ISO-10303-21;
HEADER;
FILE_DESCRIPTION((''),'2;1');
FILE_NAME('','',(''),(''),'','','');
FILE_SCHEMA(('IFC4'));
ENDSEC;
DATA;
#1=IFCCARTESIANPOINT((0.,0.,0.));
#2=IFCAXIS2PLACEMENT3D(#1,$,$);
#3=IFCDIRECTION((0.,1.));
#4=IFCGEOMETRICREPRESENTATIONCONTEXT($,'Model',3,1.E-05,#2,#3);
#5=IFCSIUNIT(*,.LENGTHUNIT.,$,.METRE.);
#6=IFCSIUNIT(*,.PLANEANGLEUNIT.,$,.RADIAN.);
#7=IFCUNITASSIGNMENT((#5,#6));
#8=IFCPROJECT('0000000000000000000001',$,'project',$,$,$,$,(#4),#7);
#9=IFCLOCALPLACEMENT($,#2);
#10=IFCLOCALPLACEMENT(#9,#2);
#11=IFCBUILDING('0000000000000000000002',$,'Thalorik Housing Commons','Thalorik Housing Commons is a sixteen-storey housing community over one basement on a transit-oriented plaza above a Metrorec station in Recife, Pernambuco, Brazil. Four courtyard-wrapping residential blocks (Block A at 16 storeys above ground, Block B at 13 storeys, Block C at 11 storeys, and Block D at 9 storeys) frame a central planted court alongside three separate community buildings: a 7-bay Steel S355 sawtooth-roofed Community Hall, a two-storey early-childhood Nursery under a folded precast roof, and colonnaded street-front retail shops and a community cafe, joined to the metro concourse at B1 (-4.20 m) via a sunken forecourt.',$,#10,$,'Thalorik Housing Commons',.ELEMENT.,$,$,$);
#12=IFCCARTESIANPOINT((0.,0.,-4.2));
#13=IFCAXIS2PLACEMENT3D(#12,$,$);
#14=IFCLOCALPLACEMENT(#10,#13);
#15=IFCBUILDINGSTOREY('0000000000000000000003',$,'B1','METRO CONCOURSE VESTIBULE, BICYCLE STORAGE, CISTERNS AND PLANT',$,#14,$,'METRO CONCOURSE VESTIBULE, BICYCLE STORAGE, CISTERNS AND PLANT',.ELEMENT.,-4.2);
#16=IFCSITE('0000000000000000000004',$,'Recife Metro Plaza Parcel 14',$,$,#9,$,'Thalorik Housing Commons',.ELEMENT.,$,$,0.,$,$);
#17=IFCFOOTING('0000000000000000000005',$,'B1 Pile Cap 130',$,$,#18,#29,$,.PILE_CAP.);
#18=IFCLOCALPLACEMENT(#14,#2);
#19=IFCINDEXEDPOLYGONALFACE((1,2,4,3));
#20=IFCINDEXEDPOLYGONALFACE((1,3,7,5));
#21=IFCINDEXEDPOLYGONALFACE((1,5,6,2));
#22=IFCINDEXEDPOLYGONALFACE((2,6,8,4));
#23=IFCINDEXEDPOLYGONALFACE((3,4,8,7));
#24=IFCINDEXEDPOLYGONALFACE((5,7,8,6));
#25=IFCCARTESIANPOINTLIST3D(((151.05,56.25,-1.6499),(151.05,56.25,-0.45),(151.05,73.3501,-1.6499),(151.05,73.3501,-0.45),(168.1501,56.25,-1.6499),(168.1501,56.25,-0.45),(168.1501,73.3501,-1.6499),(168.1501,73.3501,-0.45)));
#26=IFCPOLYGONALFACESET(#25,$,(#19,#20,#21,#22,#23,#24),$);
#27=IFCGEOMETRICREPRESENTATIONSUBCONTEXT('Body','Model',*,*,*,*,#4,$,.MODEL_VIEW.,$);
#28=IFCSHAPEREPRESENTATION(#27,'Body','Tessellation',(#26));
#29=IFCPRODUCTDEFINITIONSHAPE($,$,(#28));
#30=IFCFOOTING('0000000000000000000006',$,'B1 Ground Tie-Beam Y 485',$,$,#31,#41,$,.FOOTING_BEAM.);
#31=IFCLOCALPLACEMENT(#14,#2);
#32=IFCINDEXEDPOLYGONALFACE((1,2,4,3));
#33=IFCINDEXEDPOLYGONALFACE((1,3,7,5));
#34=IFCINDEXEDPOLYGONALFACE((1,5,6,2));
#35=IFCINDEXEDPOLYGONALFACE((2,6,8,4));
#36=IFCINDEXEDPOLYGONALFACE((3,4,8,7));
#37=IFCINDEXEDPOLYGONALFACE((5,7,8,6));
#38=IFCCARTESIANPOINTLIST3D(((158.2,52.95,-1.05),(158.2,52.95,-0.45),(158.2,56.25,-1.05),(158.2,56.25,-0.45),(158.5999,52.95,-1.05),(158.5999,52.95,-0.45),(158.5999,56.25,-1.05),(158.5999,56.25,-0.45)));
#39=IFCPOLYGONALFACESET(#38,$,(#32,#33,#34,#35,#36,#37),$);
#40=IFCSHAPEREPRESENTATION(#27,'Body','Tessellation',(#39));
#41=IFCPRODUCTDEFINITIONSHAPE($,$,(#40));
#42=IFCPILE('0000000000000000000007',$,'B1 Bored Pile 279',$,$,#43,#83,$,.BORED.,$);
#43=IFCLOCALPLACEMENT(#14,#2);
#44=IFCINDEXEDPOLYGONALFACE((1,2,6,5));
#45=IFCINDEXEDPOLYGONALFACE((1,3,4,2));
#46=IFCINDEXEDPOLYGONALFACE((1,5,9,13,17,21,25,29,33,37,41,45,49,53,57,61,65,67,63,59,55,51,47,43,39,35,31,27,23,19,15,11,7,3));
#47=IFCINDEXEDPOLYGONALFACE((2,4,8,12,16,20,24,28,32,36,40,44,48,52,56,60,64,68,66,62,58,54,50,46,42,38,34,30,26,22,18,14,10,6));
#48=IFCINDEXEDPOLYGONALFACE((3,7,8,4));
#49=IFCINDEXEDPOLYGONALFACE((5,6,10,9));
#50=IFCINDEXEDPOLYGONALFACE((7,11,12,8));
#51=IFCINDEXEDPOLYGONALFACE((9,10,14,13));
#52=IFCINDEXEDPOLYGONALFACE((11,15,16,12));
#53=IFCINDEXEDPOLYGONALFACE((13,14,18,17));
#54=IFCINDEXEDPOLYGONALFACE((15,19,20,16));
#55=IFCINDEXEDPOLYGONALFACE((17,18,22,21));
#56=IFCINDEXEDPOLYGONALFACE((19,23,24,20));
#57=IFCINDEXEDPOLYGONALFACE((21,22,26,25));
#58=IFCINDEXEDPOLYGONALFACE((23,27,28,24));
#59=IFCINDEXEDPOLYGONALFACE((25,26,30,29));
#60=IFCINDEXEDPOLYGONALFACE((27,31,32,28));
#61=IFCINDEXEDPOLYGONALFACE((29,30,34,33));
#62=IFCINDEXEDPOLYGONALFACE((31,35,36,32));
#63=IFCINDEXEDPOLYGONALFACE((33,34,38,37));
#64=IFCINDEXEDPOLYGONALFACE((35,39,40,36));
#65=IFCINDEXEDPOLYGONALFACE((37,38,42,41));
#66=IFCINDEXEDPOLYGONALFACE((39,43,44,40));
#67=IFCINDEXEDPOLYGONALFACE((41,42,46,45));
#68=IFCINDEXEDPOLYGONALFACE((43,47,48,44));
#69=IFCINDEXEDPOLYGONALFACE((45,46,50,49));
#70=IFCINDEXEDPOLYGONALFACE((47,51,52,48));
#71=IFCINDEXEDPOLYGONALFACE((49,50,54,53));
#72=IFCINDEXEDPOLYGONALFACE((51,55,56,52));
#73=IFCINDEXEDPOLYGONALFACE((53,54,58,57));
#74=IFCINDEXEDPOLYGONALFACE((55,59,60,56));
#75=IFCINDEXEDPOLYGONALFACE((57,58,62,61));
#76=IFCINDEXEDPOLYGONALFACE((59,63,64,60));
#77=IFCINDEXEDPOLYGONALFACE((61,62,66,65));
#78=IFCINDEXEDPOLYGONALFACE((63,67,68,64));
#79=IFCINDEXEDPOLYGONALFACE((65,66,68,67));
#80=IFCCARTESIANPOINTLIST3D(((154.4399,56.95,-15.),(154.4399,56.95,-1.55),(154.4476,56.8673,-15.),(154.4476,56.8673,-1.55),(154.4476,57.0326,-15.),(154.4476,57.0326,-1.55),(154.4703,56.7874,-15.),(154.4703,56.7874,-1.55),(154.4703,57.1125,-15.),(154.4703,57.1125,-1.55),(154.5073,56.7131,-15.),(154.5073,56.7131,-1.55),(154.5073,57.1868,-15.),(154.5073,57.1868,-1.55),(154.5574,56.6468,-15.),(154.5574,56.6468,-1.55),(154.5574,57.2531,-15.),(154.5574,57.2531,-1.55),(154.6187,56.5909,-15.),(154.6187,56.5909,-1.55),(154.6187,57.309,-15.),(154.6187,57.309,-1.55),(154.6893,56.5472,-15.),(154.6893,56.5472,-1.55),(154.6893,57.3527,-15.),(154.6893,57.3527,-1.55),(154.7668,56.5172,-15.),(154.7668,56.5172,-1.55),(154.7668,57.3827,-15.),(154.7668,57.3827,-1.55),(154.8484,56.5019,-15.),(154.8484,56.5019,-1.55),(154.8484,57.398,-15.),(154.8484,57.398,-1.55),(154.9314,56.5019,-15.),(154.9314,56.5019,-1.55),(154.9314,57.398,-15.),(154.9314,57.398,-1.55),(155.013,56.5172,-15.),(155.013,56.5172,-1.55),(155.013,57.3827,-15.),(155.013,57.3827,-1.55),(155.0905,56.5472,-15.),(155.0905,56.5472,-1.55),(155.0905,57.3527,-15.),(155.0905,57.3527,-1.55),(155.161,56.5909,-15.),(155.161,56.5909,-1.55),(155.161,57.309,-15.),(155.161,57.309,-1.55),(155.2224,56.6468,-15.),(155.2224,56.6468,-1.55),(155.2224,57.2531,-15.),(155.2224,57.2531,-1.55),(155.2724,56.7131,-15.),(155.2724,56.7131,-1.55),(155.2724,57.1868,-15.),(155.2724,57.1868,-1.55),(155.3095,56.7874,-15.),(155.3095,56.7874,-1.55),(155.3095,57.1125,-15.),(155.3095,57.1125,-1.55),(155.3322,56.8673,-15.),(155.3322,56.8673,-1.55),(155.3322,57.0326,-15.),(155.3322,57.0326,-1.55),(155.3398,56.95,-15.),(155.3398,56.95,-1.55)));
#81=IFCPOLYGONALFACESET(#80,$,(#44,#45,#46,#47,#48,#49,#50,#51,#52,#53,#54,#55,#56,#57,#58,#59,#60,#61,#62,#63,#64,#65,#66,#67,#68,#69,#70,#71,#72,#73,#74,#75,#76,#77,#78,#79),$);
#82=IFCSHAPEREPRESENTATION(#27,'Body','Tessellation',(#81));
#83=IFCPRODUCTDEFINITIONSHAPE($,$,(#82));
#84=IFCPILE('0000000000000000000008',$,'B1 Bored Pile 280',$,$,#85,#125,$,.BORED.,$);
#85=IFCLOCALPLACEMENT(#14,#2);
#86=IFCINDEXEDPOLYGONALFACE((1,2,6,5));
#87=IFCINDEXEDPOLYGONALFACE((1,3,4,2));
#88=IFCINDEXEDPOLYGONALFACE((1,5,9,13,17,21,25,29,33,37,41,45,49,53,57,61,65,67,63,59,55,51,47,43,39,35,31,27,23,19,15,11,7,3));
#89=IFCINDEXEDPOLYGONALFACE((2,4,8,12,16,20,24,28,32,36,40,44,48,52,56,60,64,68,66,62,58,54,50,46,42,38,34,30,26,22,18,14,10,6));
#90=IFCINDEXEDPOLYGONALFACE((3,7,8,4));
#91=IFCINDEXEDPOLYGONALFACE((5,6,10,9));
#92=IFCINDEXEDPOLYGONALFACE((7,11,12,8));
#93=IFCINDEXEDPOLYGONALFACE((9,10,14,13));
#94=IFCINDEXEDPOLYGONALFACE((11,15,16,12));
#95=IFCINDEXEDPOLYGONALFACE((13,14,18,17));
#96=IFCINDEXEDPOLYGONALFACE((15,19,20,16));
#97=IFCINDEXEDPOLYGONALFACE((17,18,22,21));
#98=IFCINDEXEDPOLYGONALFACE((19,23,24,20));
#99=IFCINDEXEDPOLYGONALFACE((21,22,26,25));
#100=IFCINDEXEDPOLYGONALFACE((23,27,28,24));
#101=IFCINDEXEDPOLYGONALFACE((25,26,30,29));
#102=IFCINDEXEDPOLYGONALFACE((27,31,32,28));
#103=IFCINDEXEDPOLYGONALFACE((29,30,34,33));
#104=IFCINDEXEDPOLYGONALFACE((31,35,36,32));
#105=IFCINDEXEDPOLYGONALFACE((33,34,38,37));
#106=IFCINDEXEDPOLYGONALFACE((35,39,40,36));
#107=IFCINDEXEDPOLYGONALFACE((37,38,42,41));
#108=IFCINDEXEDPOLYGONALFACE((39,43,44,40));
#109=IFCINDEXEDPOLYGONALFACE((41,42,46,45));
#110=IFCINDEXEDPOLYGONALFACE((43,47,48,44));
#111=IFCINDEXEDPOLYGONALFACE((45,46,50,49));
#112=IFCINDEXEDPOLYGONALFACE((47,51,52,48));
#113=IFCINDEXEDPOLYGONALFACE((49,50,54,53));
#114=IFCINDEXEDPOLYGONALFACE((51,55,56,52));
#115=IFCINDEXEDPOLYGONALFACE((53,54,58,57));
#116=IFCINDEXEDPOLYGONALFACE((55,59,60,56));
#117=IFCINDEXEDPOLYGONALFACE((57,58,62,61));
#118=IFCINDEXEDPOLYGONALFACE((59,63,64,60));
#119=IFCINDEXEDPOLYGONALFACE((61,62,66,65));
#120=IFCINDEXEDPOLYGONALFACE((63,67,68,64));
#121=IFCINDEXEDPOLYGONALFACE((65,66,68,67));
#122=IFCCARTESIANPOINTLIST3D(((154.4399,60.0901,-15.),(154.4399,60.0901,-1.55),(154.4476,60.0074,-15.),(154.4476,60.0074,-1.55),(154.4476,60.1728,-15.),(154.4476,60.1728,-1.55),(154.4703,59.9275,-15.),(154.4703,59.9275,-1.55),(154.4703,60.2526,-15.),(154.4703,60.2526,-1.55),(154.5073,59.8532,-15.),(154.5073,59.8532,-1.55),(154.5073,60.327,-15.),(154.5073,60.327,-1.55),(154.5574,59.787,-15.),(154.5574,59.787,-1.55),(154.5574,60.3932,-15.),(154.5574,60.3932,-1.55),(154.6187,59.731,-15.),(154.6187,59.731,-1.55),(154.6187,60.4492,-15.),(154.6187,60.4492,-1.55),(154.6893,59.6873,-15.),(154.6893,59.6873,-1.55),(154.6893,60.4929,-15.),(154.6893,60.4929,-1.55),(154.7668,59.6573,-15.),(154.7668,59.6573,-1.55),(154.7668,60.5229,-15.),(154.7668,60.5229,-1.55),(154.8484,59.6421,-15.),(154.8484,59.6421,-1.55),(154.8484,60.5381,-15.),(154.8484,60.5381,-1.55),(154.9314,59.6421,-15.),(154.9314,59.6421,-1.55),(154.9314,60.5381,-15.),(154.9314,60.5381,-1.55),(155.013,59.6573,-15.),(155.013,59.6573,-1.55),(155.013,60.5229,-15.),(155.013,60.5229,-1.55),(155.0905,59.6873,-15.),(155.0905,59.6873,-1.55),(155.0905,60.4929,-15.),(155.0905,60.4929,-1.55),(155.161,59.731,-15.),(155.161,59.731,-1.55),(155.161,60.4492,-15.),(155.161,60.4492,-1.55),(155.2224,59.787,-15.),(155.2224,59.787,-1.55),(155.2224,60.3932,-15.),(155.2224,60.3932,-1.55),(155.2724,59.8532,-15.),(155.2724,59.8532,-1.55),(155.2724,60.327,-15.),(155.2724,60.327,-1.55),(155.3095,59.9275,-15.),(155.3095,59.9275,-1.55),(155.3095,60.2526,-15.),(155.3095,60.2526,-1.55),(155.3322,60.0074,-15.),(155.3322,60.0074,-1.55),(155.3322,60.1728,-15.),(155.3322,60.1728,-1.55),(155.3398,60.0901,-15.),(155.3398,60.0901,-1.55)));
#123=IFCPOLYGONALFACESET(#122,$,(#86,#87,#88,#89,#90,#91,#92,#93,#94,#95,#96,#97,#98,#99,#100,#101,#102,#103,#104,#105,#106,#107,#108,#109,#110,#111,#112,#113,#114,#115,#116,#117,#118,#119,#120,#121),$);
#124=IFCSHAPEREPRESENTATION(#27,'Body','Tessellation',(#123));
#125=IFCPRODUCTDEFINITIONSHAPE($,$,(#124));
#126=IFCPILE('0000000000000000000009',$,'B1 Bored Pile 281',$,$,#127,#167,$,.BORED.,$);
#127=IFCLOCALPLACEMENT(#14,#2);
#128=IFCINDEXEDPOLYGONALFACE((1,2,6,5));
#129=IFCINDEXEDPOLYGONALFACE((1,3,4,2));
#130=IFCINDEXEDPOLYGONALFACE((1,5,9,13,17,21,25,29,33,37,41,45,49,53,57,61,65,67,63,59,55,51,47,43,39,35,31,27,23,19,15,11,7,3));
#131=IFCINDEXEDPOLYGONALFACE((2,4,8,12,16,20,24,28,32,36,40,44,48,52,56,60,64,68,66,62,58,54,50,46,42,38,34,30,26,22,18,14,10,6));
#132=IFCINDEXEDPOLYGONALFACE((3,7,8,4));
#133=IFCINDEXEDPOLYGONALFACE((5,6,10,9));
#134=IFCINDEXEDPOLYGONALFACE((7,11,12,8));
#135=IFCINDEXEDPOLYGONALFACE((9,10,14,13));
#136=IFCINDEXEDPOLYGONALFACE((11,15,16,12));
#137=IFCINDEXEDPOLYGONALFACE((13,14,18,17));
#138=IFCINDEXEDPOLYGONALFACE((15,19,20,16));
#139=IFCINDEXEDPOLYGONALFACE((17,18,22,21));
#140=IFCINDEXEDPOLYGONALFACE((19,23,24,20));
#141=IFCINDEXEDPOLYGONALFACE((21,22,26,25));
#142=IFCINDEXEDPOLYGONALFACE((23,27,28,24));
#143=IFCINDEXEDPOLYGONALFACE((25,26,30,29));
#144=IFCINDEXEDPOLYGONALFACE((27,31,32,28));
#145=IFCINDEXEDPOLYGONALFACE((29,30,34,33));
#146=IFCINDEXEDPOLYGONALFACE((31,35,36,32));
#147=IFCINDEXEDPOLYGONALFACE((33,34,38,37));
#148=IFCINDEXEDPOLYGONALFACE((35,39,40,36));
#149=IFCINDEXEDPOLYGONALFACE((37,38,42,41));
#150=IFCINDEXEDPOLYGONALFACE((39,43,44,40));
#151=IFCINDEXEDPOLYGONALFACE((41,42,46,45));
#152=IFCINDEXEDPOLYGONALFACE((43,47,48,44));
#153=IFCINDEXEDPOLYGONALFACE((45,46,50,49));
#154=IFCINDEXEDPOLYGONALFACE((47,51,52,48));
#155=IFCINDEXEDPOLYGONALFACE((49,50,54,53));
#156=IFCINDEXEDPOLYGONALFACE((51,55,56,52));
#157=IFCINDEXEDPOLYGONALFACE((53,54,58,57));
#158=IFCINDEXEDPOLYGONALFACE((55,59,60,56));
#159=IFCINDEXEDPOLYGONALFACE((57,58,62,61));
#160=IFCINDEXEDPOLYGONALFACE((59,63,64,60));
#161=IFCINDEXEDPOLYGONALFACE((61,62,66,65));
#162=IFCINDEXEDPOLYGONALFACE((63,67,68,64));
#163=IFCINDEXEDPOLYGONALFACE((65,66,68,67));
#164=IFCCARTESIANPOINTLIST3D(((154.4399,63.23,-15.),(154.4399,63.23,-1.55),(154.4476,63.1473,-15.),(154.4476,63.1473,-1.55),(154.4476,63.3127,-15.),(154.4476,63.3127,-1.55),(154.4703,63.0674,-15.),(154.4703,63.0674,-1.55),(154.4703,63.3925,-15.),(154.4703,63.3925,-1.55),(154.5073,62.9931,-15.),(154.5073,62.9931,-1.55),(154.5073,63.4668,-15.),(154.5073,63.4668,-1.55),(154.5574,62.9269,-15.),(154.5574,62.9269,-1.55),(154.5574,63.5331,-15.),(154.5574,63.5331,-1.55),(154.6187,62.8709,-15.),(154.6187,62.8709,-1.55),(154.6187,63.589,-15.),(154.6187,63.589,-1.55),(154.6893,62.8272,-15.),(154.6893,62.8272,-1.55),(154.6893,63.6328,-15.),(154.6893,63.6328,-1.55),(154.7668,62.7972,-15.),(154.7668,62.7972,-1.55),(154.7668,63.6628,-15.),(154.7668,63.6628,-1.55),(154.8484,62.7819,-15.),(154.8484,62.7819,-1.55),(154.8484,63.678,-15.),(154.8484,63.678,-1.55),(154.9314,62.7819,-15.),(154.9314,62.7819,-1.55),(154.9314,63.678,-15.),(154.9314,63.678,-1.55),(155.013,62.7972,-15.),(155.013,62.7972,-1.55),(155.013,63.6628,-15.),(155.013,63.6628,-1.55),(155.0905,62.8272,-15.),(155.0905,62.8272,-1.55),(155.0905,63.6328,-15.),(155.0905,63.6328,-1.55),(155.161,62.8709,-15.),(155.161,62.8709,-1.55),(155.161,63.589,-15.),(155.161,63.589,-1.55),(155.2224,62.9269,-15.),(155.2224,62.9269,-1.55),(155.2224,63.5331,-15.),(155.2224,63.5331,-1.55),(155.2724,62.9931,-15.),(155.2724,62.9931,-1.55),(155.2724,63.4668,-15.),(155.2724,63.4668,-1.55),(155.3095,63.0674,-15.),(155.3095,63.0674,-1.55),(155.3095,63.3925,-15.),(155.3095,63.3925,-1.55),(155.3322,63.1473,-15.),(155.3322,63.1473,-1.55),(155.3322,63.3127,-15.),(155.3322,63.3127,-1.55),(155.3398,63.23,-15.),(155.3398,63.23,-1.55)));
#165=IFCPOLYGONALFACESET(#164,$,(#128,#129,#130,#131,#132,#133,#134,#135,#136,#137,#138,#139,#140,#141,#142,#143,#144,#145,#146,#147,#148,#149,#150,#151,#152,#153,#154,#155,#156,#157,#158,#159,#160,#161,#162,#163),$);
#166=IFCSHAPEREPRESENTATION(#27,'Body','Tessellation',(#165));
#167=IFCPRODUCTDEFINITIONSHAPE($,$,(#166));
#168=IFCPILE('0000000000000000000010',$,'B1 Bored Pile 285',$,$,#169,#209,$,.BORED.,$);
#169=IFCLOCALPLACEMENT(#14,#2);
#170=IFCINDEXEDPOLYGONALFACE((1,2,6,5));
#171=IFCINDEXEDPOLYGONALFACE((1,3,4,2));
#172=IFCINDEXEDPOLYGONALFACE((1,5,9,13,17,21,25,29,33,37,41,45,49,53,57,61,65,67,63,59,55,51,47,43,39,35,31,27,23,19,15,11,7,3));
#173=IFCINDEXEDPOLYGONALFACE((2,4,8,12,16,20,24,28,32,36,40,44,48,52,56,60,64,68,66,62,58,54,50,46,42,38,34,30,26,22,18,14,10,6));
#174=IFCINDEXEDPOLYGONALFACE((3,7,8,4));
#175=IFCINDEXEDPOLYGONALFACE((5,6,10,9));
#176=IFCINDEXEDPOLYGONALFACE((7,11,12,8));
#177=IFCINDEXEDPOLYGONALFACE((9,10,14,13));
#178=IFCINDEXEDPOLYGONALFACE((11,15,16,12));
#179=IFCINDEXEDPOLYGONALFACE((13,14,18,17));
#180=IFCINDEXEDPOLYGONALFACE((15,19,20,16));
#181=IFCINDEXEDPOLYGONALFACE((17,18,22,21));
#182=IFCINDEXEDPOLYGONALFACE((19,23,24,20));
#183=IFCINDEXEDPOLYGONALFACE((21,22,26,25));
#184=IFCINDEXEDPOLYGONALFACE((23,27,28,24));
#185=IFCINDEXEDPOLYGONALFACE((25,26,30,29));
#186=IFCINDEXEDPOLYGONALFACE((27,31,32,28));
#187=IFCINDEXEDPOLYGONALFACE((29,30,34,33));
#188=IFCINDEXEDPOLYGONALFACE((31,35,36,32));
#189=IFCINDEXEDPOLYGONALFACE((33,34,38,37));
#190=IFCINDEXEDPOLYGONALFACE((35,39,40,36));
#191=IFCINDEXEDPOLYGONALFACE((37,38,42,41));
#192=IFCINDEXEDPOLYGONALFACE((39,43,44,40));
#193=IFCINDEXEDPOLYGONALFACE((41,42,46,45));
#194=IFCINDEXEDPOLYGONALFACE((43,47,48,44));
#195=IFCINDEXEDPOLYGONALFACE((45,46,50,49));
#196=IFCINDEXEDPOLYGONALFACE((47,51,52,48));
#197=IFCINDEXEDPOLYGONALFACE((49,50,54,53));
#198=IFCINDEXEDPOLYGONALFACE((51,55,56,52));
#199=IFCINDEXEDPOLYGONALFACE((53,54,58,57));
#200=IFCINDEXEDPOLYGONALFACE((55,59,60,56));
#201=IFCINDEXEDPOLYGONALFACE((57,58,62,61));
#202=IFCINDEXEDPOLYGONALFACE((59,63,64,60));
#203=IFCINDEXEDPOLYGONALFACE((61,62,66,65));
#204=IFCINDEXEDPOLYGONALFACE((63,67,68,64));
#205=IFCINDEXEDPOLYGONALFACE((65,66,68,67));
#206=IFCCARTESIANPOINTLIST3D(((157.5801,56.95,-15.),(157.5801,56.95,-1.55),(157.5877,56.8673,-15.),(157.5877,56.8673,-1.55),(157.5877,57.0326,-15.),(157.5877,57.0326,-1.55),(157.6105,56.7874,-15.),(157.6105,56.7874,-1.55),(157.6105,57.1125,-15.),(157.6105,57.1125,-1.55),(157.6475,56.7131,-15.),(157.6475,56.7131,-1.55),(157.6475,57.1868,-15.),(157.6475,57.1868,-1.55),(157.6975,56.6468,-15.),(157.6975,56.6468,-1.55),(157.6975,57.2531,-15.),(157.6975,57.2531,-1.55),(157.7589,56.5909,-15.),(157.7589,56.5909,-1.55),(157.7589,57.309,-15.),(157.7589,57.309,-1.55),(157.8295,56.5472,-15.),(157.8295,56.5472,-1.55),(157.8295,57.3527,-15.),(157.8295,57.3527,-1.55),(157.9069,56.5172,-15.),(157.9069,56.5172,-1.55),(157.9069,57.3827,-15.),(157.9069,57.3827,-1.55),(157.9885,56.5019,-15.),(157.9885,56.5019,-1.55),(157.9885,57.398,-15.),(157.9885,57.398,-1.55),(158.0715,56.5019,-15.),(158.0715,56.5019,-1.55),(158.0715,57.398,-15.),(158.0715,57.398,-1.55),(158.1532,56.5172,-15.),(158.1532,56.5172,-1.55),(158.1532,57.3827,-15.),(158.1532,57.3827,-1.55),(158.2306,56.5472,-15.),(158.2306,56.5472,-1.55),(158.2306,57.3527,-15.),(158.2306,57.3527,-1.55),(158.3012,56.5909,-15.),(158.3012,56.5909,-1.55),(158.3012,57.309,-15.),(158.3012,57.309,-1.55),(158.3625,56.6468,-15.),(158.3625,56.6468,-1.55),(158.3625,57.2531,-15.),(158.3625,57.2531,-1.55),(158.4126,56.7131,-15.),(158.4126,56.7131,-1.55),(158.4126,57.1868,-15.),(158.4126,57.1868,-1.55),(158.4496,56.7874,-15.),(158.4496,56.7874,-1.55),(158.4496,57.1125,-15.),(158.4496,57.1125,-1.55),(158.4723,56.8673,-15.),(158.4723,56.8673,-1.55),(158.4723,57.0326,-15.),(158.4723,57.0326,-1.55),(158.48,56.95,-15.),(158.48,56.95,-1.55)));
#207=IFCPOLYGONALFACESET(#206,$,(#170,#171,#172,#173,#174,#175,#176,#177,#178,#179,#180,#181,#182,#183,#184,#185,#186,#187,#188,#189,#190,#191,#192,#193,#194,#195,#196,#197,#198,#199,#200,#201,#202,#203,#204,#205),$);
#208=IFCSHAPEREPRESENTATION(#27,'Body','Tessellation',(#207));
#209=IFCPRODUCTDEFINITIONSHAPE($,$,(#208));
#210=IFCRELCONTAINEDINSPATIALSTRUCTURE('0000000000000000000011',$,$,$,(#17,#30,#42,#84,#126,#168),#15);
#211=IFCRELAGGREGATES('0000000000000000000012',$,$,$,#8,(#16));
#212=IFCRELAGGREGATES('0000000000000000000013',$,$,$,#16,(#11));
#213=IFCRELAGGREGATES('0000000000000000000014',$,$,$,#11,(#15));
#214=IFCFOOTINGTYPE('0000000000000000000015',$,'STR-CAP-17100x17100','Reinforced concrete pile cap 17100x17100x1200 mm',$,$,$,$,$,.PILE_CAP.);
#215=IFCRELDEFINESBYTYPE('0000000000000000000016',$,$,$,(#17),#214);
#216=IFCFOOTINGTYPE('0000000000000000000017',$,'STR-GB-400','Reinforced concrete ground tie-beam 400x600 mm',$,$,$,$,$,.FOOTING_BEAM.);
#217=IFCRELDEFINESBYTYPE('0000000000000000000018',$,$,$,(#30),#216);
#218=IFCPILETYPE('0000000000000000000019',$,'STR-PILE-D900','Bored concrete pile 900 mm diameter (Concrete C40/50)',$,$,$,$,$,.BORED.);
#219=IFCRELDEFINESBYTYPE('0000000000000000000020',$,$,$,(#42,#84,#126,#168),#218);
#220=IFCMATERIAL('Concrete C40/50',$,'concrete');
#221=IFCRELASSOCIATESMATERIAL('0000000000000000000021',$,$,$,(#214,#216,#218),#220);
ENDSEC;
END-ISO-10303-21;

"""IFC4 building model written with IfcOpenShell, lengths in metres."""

from ifc_helpers import new_model, si_unit, direction, frame, origin, origin_2d, place, context, subcontext, project, spatial, rectangle, circle, extrude, material, material_profile, profile_set, type_object, element, save


model = new_model("IFC4")

# Units and contexts
model_context = context("Model", 3, precision=1e-05, world=origin(), true_north=direction((0.0, 1.0)))
body_context = subcontext(model_context, "Body", "Model", "MODEL_VIEW")
ifc_project = project(units=[si_unit("LENGTHUNIT", "METRE"), si_unit("PLANEANGLEUNIT", "RADIAN")], contexts=[model_context])

# Site, building, storey
site_placement = place(None, origin())
site = spatial("IfcSite", under=ifc_project, at=site_placement, Name="Recife Metro Plaza Parcel 14", LongName="Thalorik Housing Commons", CompositionType="ELEMENT", RefElevation=0.0)
building_placement = place(site_placement, origin())
building = spatial("IfcBuilding", under=site, at=building_placement, Name="Thalorik Housing Commons", Description="Thalorik Housing Commons is a sixteen-storey housing community over one basement on a transit-oriented plaza above a Metrorec station in Recife, Pernambuco, Brazil. Four courtyard-wrapping residential blocks (Block A at 16 storeys above ground, Block B at 13 storeys, Block C at 11 storeys, and Block D at 9 storeys) frame a central planted court alongside three separate community buildings: a 7-bay Steel S355 sawtooth-roofed Community Hall, a two-storey early-childhood Nursery under a folded precast roof, and colonnaded street-front retail shops and a community cafe, joined to the metro concourse at B1 (-4.20 m) via a sunken forecourt.", LongName="Thalorik Housing Commons", CompositionType="ELEMENT")
storey_placement = place(building_placement, frame((0.0, 0.0, -4.2)))
storey = spatial("IfcBuildingStorey", under=building, at=storey_placement, Name="B1", Description="METRO CONCOURSE VESTIBULE, BICYCLE STORAGE, CISTERNS AND PLANT", LongName="METRO CONCOURSE VESTIBULE, BICYCLE STORAGE, CISTERNS AND PLANT", CompositionType="ELEMENT", Elevation=-4.2)

# Footings
ifc_material_1 = material(Name="Concrete C40/50", Category="concrete")
footing_type_1 = type_object("IfcFootingType", Name="STR-CAP-17100x17100", Description="Reinforced concrete pile cap 17100x17100x1200 mm", PredefinedType="PILE_CAP", material=ifc_material_1)
footing_1_placement = place(storey_placement, frame((159.6001, 64.8, -1.6499), z_axis=(0.0, 0.0, 1.0), x_axis=(1.0, 0.0, 0.0)))
element("IfcFooting", 1, at=footing_1_placement, inside=storey, type_object=footing_type_1, Name="B1 Pile Cap 130", PredefinedType="PILE_CAP", context=body_context, shape_type="SweptSolid", body=[
    extrude(rectangle(XDim=17.1001, YDim=17.1001, at=origin_2d()), origin(), (0.0, 0.0, 1.0), 1.2),
])
ifc_material_profile_1 = material_profile(ifc_material_1, rectangle(XDim=0.3999, YDim=0.6001, at=origin_2d()), Name="RC 400x600", Category="concrete")
ifc_profile_set_1 = profile_set([ifc_material_profile_1], Name="Concrete C40/50")
footing_type_2 = type_object("IfcFootingType", Name="STR-GB-400", Description="Reinforced concrete ground tie-beam 400x600 mm", PredefinedType="FOOTING_BEAM", material=ifc_profile_set_1)
footing_2_placement = place(storey_placement, frame((158.3999, 52.95, -0.75), z_axis=(0.0, 1.0, 0.0), x_axis=(-1.0, 0.0, 0.0)))
element("IfcFooting", 2, at=footing_2_placement, inside=storey, type_object=footing_type_2, Name="B1 Ground Tie-Beam Y 485", PredefinedType="FOOTING_BEAM", context=body_context, shape_type="SweptSolid", body=[
    extrude(rectangle(XDim=0.3999, YDim=0.6001, at=origin_2d()), origin(), (0.0, 0.0, 1.0), 3.3),
])

# Piles
ifc_material_profile_2 = material_profile(ifc_material_1, circle(Radius=0.45, at=origin_2d()), Name="BORED PILE D900", Category="concrete")
ifc_profile_set_2 = profile_set([ifc_material_profile_2], Name="Concrete C40/50")
pile_type = type_object("IfcPileType", Name="STR-PILE-D900", Description="Bored concrete pile 900 mm diameter (Concrete C40/50)", PredefinedType="BORED", material=ifc_profile_set_2)
for number, where, z_axis, x_axis, name in (
    (3, (154.8899, 56.95, -1.55), (0.0, 0.0, -1.0), (1.0, 0.0, 0.0), "B1 Bored Pile 279"),
    (4, (154.8899, 60.0901, -1.55), (0.0, 0.0, -1.0), (1.0, 0.0, 0.0), "B1 Bored Pile 280"),
    (5, (154.8899, 63.23, -1.55), (0.0, 0.0, -1.0), (1.0, 0.0, 0.0), "B1 Bored Pile 281"),
    (6, (158.03, 56.95, -1.55), (0.0, 0.0, -1.0), (1.0, 0.0, 0.0), "B1 Bored Pile 285"),
):
    element("IfcPile", number, at=place(storey_placement, frame(where, z_axis=z_axis, x_axis=x_axis)), inside=storey, type_object=pile_type, Name=name, PredefinedType="BORED", context=body_context, shape_type="SweptSolid", body=[
        extrude(circle(Radius=0.45, at=origin_2d()), origin(), (0.0, 0.0, 1.0), 13.45),
    ])

save(model, "model.ifc")
